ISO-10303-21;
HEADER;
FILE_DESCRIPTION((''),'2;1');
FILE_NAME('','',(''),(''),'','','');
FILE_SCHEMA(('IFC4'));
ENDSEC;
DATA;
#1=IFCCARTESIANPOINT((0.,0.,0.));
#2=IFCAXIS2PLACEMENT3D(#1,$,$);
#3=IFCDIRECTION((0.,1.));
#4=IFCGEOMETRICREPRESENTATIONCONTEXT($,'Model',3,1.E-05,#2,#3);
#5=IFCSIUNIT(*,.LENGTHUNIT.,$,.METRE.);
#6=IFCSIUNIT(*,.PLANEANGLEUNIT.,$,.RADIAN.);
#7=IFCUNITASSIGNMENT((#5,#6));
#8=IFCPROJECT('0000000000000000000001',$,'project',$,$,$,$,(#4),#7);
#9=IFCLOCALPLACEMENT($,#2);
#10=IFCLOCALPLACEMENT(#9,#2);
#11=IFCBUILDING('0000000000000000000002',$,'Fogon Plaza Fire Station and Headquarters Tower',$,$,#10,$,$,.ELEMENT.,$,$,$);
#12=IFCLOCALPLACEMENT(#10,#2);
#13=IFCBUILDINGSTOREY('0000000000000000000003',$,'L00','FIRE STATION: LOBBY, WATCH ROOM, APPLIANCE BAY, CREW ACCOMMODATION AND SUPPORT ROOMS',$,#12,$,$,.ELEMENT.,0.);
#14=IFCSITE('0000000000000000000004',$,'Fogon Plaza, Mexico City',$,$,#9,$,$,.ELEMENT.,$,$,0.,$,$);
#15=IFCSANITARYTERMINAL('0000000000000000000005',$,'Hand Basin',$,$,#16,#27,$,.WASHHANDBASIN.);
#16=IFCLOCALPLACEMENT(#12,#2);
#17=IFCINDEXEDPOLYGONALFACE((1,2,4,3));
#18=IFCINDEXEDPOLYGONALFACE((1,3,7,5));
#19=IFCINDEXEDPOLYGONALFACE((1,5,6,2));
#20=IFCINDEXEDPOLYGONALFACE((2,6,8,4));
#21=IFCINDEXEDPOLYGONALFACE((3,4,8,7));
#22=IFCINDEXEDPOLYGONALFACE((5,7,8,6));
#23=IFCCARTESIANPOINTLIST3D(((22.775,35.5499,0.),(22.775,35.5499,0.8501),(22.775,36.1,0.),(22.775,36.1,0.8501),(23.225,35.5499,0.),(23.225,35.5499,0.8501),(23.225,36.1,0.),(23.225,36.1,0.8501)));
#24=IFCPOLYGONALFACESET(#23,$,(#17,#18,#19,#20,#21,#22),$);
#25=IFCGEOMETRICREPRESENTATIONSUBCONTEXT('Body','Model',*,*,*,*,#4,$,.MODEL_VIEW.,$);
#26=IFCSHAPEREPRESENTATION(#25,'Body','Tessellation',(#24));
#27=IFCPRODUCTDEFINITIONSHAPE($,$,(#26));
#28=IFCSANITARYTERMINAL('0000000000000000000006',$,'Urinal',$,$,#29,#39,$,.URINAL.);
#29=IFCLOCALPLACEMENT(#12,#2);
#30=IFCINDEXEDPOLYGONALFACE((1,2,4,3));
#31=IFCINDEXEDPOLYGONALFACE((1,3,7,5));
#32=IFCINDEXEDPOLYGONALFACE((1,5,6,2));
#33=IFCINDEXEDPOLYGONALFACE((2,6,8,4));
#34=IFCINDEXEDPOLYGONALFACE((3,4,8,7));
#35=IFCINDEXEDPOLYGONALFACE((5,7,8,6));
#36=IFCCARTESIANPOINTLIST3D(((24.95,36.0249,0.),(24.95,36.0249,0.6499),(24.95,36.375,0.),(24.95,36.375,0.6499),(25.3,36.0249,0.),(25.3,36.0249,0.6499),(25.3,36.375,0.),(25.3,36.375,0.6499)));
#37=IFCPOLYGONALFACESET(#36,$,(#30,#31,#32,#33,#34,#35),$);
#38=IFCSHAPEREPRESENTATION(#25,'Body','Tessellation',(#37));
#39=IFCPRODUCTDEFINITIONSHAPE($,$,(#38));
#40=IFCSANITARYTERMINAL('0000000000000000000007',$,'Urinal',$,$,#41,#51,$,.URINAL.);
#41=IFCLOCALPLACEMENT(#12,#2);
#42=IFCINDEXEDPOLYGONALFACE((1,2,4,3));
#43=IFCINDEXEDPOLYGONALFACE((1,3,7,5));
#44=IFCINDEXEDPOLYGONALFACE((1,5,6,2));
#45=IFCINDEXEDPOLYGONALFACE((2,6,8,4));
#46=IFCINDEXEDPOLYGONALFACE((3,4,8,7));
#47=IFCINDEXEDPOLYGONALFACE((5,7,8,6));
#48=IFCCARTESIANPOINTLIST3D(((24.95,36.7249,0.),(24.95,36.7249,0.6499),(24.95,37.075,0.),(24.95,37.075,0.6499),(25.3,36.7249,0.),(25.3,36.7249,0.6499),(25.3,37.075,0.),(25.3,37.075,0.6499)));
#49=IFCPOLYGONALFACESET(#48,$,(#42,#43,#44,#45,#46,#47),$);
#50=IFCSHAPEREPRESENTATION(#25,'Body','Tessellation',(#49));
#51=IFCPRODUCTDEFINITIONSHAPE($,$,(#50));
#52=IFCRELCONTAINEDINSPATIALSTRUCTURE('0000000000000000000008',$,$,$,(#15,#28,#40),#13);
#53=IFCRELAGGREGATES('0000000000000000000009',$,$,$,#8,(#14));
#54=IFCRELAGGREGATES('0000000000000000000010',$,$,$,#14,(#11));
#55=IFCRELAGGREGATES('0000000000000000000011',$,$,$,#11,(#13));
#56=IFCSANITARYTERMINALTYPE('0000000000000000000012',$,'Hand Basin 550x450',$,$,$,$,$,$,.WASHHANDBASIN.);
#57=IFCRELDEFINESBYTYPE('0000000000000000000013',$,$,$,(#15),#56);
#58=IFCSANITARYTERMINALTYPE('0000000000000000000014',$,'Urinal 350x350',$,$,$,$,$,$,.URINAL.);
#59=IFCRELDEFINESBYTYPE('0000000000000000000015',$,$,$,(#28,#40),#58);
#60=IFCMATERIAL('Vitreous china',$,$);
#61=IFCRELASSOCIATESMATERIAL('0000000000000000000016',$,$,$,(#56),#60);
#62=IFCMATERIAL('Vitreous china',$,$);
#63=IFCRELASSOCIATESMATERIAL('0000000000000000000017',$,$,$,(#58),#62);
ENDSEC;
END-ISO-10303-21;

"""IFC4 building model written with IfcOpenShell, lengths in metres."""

from ifc_helpers import new_model, si_unit, direction, frame, origin, origin_2d, place, context, subcontext, project, spatial, rectangle, extrude, material, type_object, element, save


model = new_model("IFC4")

# Units and contexts
model_context = context("Model", 3, precision=1e-05, world=origin(), true_north=direction((0.0, 1.0)))
body_context = subcontext(model_context, "Body", "Model", "MODEL_VIEW")
ifc_project = project(units=[si_unit("LENGTHUNIT", "METRE"), si_unit("PLANEANGLEUNIT", "RADIAN")], contexts=[model_context])

# Site, building, storey
site_placement = place(None, origin())
site = spatial("IfcSite", under=ifc_project, at=site_placement, Name="Fogon Plaza, Mexico City", CompositionType="ELEMENT", RefElevation=0.0)
building_placement = place(site_placement, origin())
building = spatial("IfcBuilding", under=site, at=building_placement, Name="Fogon Plaza Fire Station and Headquarters Tower", CompositionType="ELEMENT")
storey_placement = place(building_placement, origin())
storey = spatial("IfcBuildingStorey", under=building, at=storey_placement, Name="L00", Description="FIRE STATION: LOBBY, WATCH ROOM, APPLIANCE BAY, CREW ACCOMMODATION AND SUPPORT ROOMS", CompositionType="ELEMENT", Elevation=0.0)

# Sanitary terminals
ifc_material_1 = material(Name="Vitreous china")
sanitary_terminal_type_1 = type_object("IfcSanitaryTerminalType", Name="Hand Basin 550x450", PredefinedType="WASHHANDBASIN", material=ifc_material_1)
for number, where, z_axis, x_axis, name in (
    (1, (23.0, 35.825, 0.0), (0.0, 0.0, 1.0), (1.0, 0.0, 0.0), "Hand Basin"),
):
    element("IfcSanitaryTerminal", number, at=place(storey_placement, frame(where, z_axis=z_axis, x_axis=x_axis)), inside=storey, type_object=sanitary_terminal_type_1, Name=name, PredefinedType="WASHHANDBASIN", context=body_context, shape_type="SweptSolid", body=[
        extrude(rectangle(XDim=0.45, YDim=0.55, at=origin_2d()), origin(), (0.0, 0.0, 1.0), 0.8501),
    ])
ifc_material_2 = material(Name="Vitreous china")
sanitary_terminal_type_2 = type_object("IfcSanitaryTerminalType", Name="Urinal 350x350", PredefinedType="URINAL", material=ifc_material_2)
for number, where, z_axis, x_axis, name in (
    (2, (25.125, 36.2, 0.0), (0.0, 0.0, 1.0), (1.0, 0.0, 0.0), "Urinal"),
    (3, (25.125, 36.8999, 0.0), (0.0, 0.0, 1.0), (1.0, 0.0, 0.0), "Urinal"),
):
    element("IfcSanitaryTerminal", number, at=place(storey_placement, frame(where, z_axis=z_axis, x_axis=x_axis)), inside=storey, type_object=sanitary_terminal_type_2, Name=name, PredefinedType="URINAL", context=body_context, shape_type="SweptSolid", body=[
        extrude(rectangle(XDim=0.3501, YDim=0.3501, at=origin_2d()), origin(), (0.0, 0.0, 1.0), 0.6499),
    ])

save(model, "model.ifc")
